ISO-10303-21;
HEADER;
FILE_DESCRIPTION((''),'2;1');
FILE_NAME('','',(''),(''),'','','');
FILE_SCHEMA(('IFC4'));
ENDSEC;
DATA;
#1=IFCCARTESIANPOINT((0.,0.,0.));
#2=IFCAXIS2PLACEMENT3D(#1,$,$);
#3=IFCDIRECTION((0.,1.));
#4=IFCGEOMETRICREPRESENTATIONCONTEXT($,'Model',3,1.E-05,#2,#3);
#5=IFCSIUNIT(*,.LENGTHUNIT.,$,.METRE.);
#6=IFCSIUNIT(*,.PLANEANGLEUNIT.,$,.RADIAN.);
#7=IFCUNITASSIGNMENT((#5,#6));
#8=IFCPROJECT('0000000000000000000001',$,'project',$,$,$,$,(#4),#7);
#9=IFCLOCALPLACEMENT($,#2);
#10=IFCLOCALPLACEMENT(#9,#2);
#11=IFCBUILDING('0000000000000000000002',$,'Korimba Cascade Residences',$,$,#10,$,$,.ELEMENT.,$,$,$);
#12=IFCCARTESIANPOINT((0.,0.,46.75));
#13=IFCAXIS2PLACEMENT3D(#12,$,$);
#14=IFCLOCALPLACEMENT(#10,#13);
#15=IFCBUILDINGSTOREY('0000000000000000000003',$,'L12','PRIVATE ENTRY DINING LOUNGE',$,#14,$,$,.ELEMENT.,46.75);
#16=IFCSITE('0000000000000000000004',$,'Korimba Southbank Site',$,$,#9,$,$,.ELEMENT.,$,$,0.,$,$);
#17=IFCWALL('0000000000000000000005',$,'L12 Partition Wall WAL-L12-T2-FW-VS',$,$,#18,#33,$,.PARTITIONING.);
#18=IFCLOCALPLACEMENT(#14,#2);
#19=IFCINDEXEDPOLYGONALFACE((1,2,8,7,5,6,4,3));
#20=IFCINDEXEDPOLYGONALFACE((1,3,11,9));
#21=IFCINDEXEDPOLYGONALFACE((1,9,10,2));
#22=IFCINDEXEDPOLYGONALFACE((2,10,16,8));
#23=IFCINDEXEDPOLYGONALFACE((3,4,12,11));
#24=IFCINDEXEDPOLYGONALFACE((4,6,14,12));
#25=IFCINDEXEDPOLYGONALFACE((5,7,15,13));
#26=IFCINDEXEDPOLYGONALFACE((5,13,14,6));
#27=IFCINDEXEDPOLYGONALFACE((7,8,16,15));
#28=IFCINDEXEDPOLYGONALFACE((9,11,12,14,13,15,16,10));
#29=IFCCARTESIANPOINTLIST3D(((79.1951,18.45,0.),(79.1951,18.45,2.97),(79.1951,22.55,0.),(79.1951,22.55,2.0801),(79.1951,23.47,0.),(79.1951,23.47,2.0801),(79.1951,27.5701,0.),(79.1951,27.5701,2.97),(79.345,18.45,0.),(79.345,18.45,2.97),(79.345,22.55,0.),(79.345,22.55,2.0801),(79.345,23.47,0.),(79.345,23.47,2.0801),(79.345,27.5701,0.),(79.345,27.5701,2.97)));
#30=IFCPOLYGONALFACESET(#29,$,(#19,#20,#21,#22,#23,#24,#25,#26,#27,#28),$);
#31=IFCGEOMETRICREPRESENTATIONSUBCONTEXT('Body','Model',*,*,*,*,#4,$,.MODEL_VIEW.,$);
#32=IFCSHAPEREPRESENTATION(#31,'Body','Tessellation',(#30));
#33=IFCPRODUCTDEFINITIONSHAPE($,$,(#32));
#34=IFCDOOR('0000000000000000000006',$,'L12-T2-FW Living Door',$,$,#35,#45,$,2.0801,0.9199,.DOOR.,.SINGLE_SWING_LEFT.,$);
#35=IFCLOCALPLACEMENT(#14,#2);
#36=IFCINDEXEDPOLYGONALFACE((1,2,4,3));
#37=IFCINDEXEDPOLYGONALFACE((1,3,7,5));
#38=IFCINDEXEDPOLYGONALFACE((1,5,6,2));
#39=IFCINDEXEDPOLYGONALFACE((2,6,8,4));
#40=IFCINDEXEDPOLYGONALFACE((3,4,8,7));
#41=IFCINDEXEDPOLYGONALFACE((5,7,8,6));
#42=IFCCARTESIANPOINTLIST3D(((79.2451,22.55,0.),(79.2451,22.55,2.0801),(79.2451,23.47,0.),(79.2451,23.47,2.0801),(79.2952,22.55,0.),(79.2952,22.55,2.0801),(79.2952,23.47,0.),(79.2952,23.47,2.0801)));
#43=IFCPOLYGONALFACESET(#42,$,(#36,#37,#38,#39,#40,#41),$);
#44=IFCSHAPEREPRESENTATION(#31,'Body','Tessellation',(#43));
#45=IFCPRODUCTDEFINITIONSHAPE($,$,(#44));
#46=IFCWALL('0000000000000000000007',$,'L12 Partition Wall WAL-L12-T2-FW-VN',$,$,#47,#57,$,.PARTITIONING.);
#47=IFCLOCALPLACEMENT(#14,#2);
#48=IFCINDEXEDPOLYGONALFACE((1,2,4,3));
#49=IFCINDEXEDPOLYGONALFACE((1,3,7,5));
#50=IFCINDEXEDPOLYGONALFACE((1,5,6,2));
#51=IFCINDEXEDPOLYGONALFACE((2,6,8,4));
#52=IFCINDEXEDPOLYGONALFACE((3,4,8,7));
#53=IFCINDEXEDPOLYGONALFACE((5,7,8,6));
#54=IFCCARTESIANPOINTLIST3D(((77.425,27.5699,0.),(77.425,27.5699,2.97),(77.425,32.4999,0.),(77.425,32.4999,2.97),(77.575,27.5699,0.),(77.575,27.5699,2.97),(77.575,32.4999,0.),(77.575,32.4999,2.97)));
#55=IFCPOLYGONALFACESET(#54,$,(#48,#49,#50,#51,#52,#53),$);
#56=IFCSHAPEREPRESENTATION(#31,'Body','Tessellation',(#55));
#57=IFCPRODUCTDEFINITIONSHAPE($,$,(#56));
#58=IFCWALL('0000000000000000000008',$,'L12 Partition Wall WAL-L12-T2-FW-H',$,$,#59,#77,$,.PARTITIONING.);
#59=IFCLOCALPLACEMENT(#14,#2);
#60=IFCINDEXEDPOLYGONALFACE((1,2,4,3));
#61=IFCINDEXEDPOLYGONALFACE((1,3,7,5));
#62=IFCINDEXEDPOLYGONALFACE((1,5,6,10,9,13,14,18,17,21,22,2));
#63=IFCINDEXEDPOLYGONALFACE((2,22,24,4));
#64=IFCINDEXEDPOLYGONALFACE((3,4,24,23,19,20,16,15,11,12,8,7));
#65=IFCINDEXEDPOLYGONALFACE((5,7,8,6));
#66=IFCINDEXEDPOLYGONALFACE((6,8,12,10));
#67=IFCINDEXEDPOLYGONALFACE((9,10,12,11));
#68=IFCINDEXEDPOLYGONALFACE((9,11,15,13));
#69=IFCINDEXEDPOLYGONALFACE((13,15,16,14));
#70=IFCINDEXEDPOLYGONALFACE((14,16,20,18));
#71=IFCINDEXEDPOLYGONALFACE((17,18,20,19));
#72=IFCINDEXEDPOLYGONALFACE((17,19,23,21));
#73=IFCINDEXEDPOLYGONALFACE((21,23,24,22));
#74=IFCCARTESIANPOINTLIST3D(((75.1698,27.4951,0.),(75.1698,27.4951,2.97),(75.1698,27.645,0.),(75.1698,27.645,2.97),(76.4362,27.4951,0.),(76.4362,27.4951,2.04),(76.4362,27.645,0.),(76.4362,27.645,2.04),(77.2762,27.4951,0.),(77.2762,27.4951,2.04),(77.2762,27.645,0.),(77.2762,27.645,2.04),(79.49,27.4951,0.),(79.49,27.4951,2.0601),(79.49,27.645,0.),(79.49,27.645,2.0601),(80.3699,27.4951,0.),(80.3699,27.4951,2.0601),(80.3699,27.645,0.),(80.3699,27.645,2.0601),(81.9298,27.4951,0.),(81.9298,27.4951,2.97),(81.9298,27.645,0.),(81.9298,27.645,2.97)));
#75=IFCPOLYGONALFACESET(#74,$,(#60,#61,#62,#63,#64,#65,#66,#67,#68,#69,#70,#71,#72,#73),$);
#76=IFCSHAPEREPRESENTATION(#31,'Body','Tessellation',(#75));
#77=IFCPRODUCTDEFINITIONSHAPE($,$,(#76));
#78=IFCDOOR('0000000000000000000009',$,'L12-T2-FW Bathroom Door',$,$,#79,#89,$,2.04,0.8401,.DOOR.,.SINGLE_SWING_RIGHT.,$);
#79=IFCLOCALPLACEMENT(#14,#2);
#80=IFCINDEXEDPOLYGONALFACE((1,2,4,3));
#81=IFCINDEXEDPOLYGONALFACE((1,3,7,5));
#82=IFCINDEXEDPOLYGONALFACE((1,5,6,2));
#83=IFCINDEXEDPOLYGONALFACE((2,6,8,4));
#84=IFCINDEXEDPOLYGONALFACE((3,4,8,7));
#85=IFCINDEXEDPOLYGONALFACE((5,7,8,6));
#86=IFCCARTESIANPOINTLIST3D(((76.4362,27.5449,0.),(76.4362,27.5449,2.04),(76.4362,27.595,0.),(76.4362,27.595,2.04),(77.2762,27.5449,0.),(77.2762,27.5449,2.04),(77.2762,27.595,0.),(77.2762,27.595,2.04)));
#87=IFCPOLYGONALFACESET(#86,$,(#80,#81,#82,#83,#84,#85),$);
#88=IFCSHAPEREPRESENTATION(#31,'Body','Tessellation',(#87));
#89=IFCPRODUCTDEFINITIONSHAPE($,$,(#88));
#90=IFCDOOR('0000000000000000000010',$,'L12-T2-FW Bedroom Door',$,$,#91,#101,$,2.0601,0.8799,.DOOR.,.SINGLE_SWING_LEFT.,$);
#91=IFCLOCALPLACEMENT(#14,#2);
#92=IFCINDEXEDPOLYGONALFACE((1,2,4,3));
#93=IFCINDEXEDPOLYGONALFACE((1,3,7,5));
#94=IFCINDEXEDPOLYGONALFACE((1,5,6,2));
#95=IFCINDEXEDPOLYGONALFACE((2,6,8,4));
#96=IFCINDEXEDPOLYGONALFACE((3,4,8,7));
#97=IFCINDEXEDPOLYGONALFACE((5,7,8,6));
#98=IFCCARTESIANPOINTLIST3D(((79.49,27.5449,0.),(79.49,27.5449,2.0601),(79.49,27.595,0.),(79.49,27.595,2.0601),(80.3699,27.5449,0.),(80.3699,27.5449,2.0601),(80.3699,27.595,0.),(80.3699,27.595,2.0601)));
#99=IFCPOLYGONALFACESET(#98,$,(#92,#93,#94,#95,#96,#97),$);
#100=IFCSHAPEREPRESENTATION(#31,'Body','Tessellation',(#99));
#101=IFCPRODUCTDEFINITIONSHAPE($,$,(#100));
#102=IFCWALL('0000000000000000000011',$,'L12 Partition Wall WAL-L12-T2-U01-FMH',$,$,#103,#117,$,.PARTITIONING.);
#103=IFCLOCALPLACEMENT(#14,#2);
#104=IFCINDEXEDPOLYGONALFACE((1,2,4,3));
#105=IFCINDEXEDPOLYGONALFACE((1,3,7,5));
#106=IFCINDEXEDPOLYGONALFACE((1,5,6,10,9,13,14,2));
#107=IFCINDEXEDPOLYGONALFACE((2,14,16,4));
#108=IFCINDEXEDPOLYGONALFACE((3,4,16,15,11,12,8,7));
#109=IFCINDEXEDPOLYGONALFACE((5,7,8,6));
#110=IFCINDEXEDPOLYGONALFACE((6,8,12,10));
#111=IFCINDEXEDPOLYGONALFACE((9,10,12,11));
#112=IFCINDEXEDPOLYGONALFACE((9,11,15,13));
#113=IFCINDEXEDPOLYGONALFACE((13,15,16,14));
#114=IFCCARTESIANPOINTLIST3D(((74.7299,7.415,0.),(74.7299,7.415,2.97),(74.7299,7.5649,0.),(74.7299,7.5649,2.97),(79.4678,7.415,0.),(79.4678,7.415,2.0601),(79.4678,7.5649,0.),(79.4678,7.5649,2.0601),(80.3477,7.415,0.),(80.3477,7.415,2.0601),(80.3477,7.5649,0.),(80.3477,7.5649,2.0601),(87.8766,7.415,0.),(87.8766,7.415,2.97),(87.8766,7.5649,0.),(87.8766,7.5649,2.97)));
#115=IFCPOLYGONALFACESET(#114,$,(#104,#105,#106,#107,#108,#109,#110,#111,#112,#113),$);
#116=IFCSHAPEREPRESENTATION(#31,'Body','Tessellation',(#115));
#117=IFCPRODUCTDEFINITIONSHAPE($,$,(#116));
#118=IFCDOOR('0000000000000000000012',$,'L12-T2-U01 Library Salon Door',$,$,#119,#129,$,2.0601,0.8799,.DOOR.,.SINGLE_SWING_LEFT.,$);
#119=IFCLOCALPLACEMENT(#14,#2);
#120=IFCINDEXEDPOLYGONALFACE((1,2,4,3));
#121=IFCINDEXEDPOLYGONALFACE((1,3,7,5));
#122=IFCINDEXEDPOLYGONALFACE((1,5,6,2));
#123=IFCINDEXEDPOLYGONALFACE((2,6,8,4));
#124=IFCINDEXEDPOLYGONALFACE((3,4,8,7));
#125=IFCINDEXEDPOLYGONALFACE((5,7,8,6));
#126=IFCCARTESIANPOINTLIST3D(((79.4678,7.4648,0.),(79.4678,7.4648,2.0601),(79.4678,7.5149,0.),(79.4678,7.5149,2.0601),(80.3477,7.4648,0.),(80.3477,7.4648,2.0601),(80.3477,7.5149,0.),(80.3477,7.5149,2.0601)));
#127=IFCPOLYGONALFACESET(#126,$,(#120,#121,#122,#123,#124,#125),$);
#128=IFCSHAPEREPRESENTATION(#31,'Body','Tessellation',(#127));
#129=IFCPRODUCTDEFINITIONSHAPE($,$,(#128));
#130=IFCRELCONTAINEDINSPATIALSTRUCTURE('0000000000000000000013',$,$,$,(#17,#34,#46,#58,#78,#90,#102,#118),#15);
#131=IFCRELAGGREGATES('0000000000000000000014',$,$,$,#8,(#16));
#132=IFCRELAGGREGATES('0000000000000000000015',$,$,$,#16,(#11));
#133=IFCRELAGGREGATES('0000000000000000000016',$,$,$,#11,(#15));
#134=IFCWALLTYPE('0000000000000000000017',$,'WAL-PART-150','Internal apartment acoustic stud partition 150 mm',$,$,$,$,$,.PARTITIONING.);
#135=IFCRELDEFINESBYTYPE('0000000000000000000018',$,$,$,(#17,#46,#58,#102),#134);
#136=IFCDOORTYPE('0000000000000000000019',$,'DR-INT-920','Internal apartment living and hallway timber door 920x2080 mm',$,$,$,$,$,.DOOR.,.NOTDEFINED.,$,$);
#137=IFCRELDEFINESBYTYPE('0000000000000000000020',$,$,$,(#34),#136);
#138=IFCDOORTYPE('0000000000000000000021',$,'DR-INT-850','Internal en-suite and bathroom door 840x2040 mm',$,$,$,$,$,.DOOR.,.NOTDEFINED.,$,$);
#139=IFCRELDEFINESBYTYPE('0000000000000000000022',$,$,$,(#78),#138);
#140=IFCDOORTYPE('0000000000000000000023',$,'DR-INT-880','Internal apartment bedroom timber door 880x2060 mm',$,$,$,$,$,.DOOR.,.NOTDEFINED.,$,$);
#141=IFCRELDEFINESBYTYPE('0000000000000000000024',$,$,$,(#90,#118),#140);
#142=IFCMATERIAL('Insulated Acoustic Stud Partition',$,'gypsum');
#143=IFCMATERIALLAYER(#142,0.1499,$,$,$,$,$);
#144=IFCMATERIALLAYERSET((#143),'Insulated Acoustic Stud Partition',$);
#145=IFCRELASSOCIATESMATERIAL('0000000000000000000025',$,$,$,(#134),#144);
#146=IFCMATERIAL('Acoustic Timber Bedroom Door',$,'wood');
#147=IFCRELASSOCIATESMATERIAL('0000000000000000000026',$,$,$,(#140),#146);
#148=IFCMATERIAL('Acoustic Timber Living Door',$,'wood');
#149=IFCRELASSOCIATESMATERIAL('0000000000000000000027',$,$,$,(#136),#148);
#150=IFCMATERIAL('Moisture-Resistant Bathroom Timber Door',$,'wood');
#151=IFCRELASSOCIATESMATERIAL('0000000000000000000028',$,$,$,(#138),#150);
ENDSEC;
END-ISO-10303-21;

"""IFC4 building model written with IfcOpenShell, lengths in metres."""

from ifc_helpers import new_model, si_unit, direction, frame, frame_2d, origin, place, context, subcontext, project, spatial, rectangle, extrude, material, layer, layer_set, type_object, element, fill, save


model = new_model("IFC4")

# Units and contexts
model_context = context("Model", 3, precision=1e-05, world=origin(), true_north=direction((0.0, 1.0)))
body_context = subcontext(model_context, "Body", "Model", "MODEL_VIEW")
ifc_project = project(units=[si_unit("LENGTHUNIT", "METRE"), si_unit("PLANEANGLEUNIT", "RADIAN")], contexts=[model_context])

# Site, building, storey
site_placement = place(None, origin())
site = spatial("IfcSite", under=ifc_project, at=site_placement, Name="Korimba Southbank Site", CompositionType="ELEMENT", RefElevation=0.0)
building_placement = place(site_placement, origin())
building = spatial("IfcBuilding", under=site, at=building_placement, Name="Korimba Cascade Residences", CompositionType="ELEMENT")
storey_placement = place(building_placement, frame((0.0, 0.0, 46.75)))
storey = spatial("IfcBuildingStorey", under=building, at=storey_placement, Name="L12", Description="PRIVATE ENTRY DINING LOUNGE", CompositionType="ELEMENT", Elevation=46.75)

# Shared definitions
ifc_material_1 = material(Name="Insulated Acoustic Stud Partition", Category="gypsum")
ifc_layer_1 = layer(ifc_material_1, 0.1499)
ifc_layer_set_1 = layer_set([ifc_layer_1], Name="Insulated Acoustic Stud Partition")
wall_type_1 = type_object("IfcWallType", Name="WAL-PART-150", Description="Internal apartment acoustic stud partition 150 mm", PredefinedType="PARTITIONING", material=ifc_layer_set_1)

# Wall, opening, door
ifc_material_2 = material(Name="Acoustic Timber Bedroom Door", Category="wood")
door_type_1 = type_object("IfcDoorType", Name="DR-INT-880", Description="Internal apartment bedroom timber door 880x2060 mm", OperationType="NOTDEFINED", PredefinedType="DOOR", material=ifc_material_2)
wall_1_placement = place(storey_placement, frame((79.27, 18.45, 0.0), z_axis=(0.0, 0.0, 1.0), x_axis=(0.0, 1.0, 0.0)))
wall_1 = element("IfcWall", 1, at=wall_1_placement, inside=storey, type_object=wall_type_1, Name="L12 Partition Wall WAL-L12-T2-FW-VS", PredefinedType="PARTITIONING", context=body_context, shape_type="SweptSolid", body=[
    extrude(rectangle(XDim=9.1201, YDim=0.1499, at=frame_2d((4.5601, 0.0))), origin(), (0.0, 0.0, 1.0), 2.97),
])
opening_1_placement = place(wall_1_placement, frame((4.1001, 0.0, 0.0)))
opening_1 = element("IfcOpeningElement", 2, at=opening_1_placement, cuts=wall_1, PredefinedType="OPENING", context=body_context, shape_type="SweptSolid", body=[
    extrude(rectangle(XDim=0.9199, YDim=2.0801, at=frame_2d((0.46, 1.04))), frame((0.0, 0.085, 0.0), z_axis=(0.0, -1.0, 0.0), x_axis=(1.0, 0.0, 0.0)), (0.0, 0.0, 1.0), 0.1699),
])
ifc_material_3 = material(Name="Acoustic Timber Living Door", Category="wood")
door_type_2 = type_object("IfcDoorType", Name="DR-INT-920", Description="Internal apartment living and hallway timber door 920x2080 mm", OperationType="NOTDEFINED", PredefinedType="DOOR", material=ifc_material_3)
door_1_placement = place(opening_1_placement, origin())
door_1 = element("IfcDoor", 3, at=door_1_placement, inside=storey, type_object=door_type_2, Name="L12-T2-FW Living Door", OperationType="SINGLE_SWING_LEFT", OverallHeight=2.0801, OverallWidth=0.9199, PredefinedType="DOOR", context=body_context, shape_type="SweptSolid", body=[
    extrude(rectangle(XDim=0.9199, YDim=2.0801, at=frame_2d((0.46, 1.04))), frame((0.0, 0.0249, 0.0), z_axis=(0.0, -1.0, 0.0), x_axis=(1.0, 0.0, 0.0)), (0.0, 0.0, 1.0), 0.05),
])
fill(opening_1, door_1)

# Wall
wall_2_placement = place(storey_placement, frame((77.5, 27.5701, 0.0), z_axis=(0.0, 0.0, 1.0), x_axis=(0.0, 1.0, 0.0)))
element("IfcWall", 4, at=wall_2_placement, inside=storey, type_object=wall_type_1, Name="L12 Partition Wall WAL-L12-T2-FW-VN", PredefinedType="PARTITIONING", context=body_context, shape_type="SweptSolid", body=[
    extrude(rectangle(XDim=4.9299, YDim=0.1499, at=frame_2d((2.4648, 0.0))), origin(), (0.0, 0.0, 1.0), 2.97),
])

# Wall, openings, doors
wall_3_placement = place(storey_placement, frame((75.1699, 27.5701, 0.0), z_axis=(0.0, 0.0, 1.0), x_axis=(1.0, 0.0, 0.0)))
wall_3 = element("IfcWall", 5, at=wall_3_placement, inside=storey, type_object=wall_type_1, Name="L12 Partition Wall WAL-L12-T2-FW-H", PredefinedType="PARTITIONING", context=body_context, shape_type="SweptSolid", body=[
    extrude(rectangle(XDim=6.76, YDim=0.1499, at=frame_2d((3.3799, 0.0))), origin(), (0.0, 0.0, 1.0), 2.97),
])
opening_2_placement = place(wall_3_placement, frame((1.2664, 0.0, 0.0)))
opening_2 = element("IfcOpeningElement", 6, at=opening_2_placement, cuts=wall_3, PredefinedType="OPENING", context=body_context, shape_type="SweptSolid", body=[
    extrude(rectangle(XDim=0.8401, YDim=2.04, at=frame_2d((0.4199, 1.02))), frame((0.0, 0.085, 0.0), z_axis=(0.0, -1.0, 0.0), x_axis=(1.0, 0.0, 0.0)), (0.0, 0.0, 1.0), 0.1699),
])
opening_3_placement = place(wall_3_placement, frame((4.3201, 0.0, 0.0)))
opening_3 = element("IfcOpeningElement", 7, at=opening_3_placement, cuts=wall_3, PredefinedType="OPENING", context=body_context, shape_type="SweptSolid", body=[
    extrude(rectangle(XDim=0.8799, YDim=2.0601, at=frame_2d((0.4399, 1.03))), frame((0.0, 0.085, 0.0), z_axis=(0.0, -1.0, 0.0), x_axis=(1.0, 0.0, 0.0)), (0.0, 0.0, 1.0), 0.1699),
])
ifc_material_4 = material(Name="Moisture-Resistant Bathroom Timber Door", Category="wood")
door_type_3 = type_object("IfcDoorType", Name="DR-INT-850", Description="Internal en-suite and bathroom door 840x2040 mm", OperationType="NOTDEFINED", PredefinedType="DOOR", material=ifc_material_4)
door_2_placement = place(opening_2_placement, origin())
door_2 = element("IfcDoor", 8, at=door_2_placement, inside=storey, type_object=door_type_3, Name="L12-T2-FW Bathroom Door", OperationType="SINGLE_SWING_RIGHT", OverallHeight=2.04, OverallWidth=0.8401, PredefinedType="DOOR", context=body_context, shape_type="SweptSolid", body=[
    extrude(rectangle(XDim=0.8401, YDim=2.04, at=frame_2d((0.4199, 1.02))), frame((0.0, 0.0249, 0.0), z_axis=(0.0, -1.0, 0.0), x_axis=(1.0, 0.0, 0.0)), (0.0, 0.0, 1.0), 0.05),
])
fill(opening_2, door_2)
door_3_placement = place(opening_3_placement, origin())
door_3 = element("IfcDoor", 9, at=door_3_placement, inside=storey, type_object=door_type_1, Name="L12-T2-FW Bedroom Door", OperationType="SINGLE_SWING_LEFT", OverallHeight=2.0601, OverallWidth=0.8799, PredefinedType="DOOR", context=body_context, shape_type="SweptSolid", body=[
    extrude(rectangle(XDim=0.8799, YDim=2.0601, at=frame_2d((0.4399, 1.03))), frame((0.0, 0.0249, 0.0), z_axis=(0.0, -1.0, 0.0), x_axis=(1.0, 0.0, 0.0)), (0.0, 0.0, 1.0), 0.05),
])
fill(opening_3, door_3)

# Wall, opening, door
wall_4_placement = place(storey_placement, frame((74.73, 7.49, 0.0), z_axis=(0.0, 0.0, 1.0), x_axis=(1.0, 0.0, 0.0)))
wall_4 = element("IfcWall", 10, at=wall_4_placement, inside=storey, type_object=wall_type_1, Name="L12 Partition Wall WAL-L12-T2-U01-FMH", PredefinedType="PARTITIONING", context=body_context, shape_type="SweptSolid", body=[
    extrude(rectangle(XDim=13.1467, YDim=0.1499, at=frame_2d((6.5732, 0.0))), origin(), (0.0, 0.0, 1.0), 2.97),
])
opening_4_placement = place(wall_4_placement, frame((4.7378, 0.0, 0.0)))
opening_4 = element("IfcOpeningElement", 11, at=opening_4_placement, cuts=wall_4, PredefinedType="OPENING", context=body_context, shape_type="SweptSolid", body=[
    extrude(rectangle(XDim=0.8799, YDim=2.0601, at=frame_2d((0.4399, 1.03))), frame((0.0, 0.085, 0.0), z_axis=(0.0, -1.0, 0.0), x_axis=(1.0, 0.0, 0.0)), (0.0, 0.0, 1.0), 0.1699),
])
door_4_placement = place(opening_4_placement, origin())
door_4 = element("IfcDoor", 12, at=door_4_placement, inside=storey, type_object=door_type_1, Name="L12-T2-U01 Library Salon Door", OperationType="SINGLE_SWING_LEFT", OverallHeight=2.0601, OverallWidth=0.8799, PredefinedType="DOOR", context=body_context, shape_type="SweptSolid", body=[
    extrude(rectangle(XDim=0.8799, YDim=2.0601, at=frame_2d((0.4399, 1.03))), frame((0.0, 0.0249, 0.0), z_axis=(0.0, -1.0, 0.0), x_axis=(1.0, 0.0, 0.0)), (0.0, 0.0, 1.0), 0.05),
])
fill(opening_4, door_4)

save(model, "model.ifc")
